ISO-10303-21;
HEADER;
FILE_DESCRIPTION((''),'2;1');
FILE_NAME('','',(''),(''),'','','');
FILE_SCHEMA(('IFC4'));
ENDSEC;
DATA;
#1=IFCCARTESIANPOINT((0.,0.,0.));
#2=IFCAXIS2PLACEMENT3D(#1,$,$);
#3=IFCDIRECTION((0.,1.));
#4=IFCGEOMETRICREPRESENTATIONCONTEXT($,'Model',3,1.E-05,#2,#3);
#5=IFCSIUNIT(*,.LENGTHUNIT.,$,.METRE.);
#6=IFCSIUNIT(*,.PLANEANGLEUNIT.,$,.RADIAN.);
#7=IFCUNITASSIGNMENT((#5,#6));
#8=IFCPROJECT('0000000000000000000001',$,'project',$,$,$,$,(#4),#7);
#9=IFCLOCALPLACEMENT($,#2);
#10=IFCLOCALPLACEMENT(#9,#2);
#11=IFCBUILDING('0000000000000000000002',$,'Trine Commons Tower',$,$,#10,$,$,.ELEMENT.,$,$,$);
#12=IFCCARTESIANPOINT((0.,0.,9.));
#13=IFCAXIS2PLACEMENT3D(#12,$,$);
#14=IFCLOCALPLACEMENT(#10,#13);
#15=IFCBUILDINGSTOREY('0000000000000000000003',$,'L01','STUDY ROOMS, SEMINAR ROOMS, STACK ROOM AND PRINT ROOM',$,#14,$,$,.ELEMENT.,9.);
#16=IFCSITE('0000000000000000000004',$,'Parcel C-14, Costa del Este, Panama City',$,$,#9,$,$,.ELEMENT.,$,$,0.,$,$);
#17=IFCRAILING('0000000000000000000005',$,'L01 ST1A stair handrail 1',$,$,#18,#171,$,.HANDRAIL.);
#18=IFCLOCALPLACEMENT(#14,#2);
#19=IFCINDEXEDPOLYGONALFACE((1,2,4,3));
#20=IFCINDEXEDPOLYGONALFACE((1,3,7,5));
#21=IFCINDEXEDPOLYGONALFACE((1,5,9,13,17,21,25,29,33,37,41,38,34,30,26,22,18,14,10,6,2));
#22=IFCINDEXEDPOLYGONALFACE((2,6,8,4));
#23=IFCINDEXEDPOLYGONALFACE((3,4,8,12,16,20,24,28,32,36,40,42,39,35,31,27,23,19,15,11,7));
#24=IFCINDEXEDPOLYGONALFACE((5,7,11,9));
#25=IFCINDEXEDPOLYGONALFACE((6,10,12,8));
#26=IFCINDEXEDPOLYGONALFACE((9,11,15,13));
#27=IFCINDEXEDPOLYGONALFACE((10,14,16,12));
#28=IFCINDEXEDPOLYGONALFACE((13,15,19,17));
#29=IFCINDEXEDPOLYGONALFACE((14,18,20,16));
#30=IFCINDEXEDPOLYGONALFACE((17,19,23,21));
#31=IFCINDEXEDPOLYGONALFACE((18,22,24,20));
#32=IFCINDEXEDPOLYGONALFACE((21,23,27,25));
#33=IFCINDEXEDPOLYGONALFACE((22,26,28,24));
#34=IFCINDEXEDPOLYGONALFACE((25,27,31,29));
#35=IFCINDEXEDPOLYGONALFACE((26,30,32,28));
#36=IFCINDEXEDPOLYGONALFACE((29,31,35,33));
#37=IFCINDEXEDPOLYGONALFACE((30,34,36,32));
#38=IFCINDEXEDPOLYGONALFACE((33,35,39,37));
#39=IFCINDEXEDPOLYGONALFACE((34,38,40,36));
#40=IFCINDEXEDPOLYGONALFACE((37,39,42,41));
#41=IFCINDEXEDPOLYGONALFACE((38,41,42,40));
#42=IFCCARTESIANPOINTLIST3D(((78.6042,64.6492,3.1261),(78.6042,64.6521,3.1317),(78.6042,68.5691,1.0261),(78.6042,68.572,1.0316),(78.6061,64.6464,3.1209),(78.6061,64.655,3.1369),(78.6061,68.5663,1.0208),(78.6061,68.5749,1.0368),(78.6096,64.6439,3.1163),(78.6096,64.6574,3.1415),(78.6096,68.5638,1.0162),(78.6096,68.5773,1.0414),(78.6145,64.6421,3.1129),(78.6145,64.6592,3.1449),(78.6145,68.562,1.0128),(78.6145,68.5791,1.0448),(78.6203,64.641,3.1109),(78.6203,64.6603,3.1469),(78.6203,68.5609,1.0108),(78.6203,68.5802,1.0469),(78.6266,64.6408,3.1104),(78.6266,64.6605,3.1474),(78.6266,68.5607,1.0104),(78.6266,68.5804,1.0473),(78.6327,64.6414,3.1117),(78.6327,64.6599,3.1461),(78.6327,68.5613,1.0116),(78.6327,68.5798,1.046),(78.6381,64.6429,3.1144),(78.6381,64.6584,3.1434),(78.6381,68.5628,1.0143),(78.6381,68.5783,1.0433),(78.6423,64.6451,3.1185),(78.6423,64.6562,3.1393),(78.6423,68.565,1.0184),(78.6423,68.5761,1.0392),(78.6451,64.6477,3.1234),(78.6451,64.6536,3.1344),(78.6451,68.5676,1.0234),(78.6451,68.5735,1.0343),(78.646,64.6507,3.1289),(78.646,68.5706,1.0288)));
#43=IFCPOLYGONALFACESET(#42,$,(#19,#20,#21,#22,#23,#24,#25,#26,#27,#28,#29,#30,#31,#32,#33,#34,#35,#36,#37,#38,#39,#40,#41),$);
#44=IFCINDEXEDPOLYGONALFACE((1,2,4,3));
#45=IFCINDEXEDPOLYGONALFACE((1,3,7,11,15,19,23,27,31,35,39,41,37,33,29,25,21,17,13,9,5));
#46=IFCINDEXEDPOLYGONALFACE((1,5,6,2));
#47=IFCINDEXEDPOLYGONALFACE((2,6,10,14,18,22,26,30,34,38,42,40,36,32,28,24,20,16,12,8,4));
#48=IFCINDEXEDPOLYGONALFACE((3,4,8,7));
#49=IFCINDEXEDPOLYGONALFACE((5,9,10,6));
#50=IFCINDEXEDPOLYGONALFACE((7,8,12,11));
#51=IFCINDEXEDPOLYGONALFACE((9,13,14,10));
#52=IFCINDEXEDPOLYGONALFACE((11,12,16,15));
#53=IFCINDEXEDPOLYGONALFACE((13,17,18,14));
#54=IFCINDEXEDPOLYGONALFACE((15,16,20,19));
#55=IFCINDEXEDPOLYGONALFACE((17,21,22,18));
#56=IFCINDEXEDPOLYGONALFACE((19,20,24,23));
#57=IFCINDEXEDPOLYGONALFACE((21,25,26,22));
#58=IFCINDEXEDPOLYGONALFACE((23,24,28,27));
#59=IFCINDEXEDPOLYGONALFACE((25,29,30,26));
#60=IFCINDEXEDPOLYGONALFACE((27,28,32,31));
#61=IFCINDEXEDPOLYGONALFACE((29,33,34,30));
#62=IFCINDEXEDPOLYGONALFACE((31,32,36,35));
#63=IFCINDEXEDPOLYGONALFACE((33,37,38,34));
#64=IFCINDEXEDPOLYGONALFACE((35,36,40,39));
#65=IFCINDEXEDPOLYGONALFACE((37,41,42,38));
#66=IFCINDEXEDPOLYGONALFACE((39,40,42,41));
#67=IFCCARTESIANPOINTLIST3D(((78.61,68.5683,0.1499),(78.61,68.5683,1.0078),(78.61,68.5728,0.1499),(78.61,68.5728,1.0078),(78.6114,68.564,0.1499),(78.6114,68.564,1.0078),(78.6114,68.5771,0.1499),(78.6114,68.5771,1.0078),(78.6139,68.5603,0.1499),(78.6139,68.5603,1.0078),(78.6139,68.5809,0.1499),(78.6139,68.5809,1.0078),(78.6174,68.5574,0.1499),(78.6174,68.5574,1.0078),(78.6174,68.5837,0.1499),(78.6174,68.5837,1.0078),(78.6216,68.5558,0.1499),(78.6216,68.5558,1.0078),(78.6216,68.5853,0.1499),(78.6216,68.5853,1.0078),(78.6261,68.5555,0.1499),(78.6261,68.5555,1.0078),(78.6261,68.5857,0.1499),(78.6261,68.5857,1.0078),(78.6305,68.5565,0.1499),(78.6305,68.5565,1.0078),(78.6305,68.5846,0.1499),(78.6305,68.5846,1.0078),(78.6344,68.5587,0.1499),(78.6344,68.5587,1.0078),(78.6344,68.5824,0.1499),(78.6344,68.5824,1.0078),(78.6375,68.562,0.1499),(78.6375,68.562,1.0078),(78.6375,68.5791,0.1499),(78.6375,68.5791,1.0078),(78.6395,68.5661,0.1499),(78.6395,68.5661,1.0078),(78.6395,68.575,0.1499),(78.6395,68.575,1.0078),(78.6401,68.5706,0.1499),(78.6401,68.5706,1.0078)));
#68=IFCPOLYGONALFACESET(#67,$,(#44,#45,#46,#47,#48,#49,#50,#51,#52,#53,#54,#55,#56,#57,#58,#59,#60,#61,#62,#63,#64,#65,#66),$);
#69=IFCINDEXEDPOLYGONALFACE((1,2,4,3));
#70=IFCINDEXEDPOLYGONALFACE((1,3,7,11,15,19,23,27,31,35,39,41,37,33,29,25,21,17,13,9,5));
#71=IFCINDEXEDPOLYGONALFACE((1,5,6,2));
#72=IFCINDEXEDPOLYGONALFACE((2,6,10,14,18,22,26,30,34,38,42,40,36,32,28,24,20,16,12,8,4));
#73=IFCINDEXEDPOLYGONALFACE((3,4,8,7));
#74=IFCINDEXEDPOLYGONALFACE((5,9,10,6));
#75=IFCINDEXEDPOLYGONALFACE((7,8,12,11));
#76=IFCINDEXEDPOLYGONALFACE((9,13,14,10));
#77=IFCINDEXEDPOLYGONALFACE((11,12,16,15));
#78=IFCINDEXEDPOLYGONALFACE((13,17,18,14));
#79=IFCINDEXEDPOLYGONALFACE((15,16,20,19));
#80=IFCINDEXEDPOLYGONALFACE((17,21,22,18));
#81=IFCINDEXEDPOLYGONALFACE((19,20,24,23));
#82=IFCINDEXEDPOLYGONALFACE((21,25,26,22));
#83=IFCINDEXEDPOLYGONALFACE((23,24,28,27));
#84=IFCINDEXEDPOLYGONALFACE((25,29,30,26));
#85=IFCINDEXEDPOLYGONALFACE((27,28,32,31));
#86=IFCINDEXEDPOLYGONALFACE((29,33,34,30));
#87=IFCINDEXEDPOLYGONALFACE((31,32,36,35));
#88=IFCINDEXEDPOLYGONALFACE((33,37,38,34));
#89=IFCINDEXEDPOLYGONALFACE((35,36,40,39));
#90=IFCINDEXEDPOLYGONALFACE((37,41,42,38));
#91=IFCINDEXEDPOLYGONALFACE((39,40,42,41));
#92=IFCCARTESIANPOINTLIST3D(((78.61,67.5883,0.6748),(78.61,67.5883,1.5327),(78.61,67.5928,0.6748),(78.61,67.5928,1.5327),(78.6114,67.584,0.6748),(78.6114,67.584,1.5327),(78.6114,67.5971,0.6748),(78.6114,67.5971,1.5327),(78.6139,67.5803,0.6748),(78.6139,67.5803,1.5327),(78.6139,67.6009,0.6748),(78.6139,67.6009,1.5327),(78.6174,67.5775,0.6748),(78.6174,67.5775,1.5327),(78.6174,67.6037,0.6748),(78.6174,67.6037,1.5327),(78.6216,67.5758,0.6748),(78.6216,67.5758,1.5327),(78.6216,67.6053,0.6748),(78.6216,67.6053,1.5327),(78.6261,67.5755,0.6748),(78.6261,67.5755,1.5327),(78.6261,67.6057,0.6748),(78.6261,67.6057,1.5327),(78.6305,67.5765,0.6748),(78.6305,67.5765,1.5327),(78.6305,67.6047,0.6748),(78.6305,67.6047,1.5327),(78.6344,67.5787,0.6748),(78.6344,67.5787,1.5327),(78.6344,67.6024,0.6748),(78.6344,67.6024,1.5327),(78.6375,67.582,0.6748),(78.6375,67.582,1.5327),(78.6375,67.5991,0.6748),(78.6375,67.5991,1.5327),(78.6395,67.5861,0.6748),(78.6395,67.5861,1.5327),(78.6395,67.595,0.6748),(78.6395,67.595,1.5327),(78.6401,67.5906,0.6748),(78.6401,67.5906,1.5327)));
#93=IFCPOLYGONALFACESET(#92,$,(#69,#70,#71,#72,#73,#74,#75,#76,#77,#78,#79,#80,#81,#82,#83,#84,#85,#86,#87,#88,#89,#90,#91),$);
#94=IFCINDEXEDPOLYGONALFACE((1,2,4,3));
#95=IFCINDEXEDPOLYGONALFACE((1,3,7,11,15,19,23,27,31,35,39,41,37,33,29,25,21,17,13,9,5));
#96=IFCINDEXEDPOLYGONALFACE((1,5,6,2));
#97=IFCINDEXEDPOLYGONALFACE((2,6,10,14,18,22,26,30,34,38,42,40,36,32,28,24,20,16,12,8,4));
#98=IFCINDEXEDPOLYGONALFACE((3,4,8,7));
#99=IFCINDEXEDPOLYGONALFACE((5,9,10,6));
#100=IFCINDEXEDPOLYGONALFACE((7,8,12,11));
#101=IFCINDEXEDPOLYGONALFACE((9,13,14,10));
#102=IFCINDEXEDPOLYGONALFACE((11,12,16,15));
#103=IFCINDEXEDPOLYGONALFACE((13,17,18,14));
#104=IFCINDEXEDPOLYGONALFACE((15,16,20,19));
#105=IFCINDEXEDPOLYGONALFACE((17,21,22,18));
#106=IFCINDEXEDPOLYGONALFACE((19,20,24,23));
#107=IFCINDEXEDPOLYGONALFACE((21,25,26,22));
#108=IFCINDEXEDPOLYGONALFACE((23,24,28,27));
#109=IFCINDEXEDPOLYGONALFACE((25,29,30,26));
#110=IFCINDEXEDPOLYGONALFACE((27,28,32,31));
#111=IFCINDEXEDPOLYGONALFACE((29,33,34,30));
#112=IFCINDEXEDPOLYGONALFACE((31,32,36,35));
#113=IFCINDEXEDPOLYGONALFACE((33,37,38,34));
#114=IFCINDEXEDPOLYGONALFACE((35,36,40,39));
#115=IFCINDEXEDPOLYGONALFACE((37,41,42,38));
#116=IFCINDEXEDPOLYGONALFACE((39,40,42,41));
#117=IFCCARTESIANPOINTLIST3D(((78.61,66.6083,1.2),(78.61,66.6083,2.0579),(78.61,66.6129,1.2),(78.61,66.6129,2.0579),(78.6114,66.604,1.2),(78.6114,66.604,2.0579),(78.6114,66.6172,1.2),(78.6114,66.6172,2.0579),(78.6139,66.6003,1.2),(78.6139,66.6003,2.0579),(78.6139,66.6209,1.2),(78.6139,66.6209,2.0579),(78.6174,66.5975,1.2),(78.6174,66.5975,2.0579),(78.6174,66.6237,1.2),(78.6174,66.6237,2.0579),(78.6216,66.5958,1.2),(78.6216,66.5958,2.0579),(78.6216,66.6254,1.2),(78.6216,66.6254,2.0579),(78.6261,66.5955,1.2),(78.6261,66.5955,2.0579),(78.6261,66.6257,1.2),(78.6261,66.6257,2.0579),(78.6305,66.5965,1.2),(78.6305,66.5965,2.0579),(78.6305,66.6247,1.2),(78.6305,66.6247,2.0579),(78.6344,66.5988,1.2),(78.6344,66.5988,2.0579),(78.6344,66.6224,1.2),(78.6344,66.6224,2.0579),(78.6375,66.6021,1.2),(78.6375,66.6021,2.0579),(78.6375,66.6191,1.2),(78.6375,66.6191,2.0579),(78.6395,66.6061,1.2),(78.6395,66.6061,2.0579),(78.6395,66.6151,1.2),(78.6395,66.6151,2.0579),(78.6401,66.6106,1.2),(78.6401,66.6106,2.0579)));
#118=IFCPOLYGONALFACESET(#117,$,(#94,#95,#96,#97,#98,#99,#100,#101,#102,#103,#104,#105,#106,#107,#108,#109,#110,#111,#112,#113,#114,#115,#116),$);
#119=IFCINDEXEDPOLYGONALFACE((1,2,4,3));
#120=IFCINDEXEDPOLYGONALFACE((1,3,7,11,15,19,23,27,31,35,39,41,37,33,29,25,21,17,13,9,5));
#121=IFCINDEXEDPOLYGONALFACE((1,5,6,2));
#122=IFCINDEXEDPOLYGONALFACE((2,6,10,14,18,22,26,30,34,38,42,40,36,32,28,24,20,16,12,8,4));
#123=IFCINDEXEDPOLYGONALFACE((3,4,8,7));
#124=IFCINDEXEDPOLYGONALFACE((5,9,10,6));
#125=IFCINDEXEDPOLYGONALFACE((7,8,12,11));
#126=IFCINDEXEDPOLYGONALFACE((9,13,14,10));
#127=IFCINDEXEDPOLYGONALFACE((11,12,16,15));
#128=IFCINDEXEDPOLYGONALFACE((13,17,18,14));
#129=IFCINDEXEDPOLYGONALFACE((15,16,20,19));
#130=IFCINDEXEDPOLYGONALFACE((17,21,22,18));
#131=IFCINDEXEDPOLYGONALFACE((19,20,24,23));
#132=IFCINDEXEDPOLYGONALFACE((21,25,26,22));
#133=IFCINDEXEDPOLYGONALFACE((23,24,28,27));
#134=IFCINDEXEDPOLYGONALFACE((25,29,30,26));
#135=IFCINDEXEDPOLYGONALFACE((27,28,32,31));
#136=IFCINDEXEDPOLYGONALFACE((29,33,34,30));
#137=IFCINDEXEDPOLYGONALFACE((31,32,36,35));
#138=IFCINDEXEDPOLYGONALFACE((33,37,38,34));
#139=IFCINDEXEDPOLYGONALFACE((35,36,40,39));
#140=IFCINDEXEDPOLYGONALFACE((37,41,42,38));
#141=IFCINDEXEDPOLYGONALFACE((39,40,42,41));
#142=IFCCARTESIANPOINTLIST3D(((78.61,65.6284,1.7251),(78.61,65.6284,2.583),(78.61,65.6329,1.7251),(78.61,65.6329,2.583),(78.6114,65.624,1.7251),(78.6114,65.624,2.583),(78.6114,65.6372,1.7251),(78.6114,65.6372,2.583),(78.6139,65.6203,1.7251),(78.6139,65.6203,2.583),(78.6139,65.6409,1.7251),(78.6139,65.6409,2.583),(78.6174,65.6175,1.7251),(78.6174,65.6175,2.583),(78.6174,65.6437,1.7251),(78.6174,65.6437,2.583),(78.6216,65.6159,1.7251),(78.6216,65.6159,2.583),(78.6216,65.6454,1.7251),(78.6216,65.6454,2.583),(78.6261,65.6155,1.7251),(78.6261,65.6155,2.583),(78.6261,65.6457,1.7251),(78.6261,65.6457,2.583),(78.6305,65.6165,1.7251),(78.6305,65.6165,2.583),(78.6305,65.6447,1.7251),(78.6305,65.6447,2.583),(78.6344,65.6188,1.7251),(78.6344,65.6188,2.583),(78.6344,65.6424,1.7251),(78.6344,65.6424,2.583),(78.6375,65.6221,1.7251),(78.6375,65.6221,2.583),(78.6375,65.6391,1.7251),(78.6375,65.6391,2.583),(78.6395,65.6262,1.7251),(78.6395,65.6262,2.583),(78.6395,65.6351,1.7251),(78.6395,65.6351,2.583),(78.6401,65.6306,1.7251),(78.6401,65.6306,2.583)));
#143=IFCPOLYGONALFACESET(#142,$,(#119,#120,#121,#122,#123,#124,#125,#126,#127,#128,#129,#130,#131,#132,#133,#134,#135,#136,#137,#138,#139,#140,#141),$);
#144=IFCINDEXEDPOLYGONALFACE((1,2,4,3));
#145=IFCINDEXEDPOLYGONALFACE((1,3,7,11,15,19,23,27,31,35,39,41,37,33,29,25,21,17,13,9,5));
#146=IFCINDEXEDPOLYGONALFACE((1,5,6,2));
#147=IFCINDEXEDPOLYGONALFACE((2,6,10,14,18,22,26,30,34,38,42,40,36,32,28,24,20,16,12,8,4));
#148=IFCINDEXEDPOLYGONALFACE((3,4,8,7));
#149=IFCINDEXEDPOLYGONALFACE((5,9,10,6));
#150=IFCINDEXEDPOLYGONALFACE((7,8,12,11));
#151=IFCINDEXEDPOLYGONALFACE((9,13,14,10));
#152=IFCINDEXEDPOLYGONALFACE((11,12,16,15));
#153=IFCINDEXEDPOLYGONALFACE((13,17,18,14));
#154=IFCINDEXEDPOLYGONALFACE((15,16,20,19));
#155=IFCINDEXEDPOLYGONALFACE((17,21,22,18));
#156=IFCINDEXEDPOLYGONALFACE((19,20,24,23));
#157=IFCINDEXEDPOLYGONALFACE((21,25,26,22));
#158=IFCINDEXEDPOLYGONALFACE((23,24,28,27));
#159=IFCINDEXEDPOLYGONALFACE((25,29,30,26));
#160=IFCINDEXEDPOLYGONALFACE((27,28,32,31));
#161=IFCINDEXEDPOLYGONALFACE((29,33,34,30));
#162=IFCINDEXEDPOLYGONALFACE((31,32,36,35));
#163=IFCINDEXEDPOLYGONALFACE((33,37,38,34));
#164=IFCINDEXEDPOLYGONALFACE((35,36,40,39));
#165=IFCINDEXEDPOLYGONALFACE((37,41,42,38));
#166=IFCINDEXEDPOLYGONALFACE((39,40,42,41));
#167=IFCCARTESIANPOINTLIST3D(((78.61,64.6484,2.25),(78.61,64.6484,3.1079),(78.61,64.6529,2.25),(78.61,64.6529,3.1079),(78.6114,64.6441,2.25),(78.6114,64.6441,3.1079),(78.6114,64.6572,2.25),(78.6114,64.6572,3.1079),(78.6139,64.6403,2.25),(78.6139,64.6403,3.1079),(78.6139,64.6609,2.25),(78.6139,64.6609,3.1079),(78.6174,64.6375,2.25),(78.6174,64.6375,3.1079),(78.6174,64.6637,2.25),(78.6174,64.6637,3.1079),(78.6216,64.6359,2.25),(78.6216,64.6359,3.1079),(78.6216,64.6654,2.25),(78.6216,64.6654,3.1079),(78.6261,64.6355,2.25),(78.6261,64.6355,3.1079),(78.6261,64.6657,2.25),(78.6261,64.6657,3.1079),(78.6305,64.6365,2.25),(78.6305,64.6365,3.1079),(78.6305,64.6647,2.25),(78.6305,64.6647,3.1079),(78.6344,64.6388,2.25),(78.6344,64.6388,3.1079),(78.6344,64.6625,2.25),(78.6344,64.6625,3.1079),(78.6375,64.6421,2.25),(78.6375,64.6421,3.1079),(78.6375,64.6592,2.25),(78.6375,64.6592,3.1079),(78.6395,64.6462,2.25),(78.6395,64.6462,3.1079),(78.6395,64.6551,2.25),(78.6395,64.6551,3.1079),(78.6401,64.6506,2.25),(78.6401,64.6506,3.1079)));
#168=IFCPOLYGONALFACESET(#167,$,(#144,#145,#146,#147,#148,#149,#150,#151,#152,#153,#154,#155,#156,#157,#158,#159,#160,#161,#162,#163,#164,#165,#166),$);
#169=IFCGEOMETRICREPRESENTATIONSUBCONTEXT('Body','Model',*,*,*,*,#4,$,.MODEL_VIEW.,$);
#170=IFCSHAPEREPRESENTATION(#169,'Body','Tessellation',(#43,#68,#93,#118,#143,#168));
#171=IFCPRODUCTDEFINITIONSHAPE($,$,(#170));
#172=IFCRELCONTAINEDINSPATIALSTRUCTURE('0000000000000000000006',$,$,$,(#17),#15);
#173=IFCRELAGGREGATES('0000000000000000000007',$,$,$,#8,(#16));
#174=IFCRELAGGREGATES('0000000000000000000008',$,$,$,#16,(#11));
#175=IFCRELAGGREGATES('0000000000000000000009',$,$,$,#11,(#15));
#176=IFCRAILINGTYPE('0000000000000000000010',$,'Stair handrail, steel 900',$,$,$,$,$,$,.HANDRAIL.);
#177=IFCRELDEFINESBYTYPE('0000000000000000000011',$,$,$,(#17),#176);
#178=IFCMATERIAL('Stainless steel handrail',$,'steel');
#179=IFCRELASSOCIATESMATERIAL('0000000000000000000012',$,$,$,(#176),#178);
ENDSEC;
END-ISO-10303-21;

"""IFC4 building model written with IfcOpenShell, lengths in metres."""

from ifc_helpers import new_model, si_unit, direction, frame, origin, origin_2d, place, context, subcontext, project, spatial, circle, extrude, material, type_object, element, save


model = new_model("IFC4")

# Units and contexts
model_context = context("Model", 3, precision=1e-05, world=origin(), true_north=direction((0.0, 1.0)))
body_context = subcontext(model_context, "Body", "Model", "MODEL_VIEW")
ifc_project = project(units=[si_unit("LENGTHUNIT", "METRE"), si_unit("PLANEANGLEUNIT", "RADIAN")], contexts=[model_context])

# Site, building, storey
site_placement = place(None, origin())
site = spatial("IfcSite", under=ifc_project, at=site_placement, Name="Parcel C-14, Costa del Este, Panama City", CompositionType="ELEMENT", RefElevation=0.0)
building_placement = place(site_placement, origin())
building = spatial("IfcBuilding", under=site, at=building_placement, Name="Trine Commons Tower", CompositionType="ELEMENT")
storey_placement = place(building_placement, frame((0.0, 0.0, 9.0)))
storey = spatial("IfcBuildingStorey", under=building, at=storey_placement, Name="L01", Description="STUDY ROOMS, SEMINAR ROOMS, STACK ROOM AND PRINT ROOM", CompositionType="ELEMENT", Elevation=9.0)

# Railing
ifc_material_1 = material(Name="Stainless steel handrail", Category="steel")
railing_type_1 = type_object("IfcRailingType", Name="Stair handrail, steel 900", PredefinedType="HANDRAIL", material=ifc_material_1)
railing_1_placement = place(storey_placement, frame((78.625, 68.5706, 0.1499)))
element("IfcRailing", 1, at=railing_1_placement, inside=storey, type_object=railing_type_1, Name="L01 ST1A stair handrail 1", PredefinedType="HANDRAIL", context=body_context, shape_type="SweptSolid", body=[
    extrude(circle(Radius=0.021, at=origin_2d()), frame((0.0, 0.0, 0.8789), z_axis=(0.0, -0.881467, 0.472246), x_axis=(1.0, 0.0, 0.0)), (0.0, 0.0, 1.0), 4.447),
    extrude(circle(Radius=0.0151, at=origin_2d()), origin(), (0.0, 0.0, 1.0), 0.8579),
    extrude(circle(Radius=0.0151, at=origin_2d()), frame((0.0, -0.98, 0.5249)), (0.0, 0.0, 1.0), 0.8579),
    extrude(circle(Radius=0.0151, at=origin_2d()), frame((0.0, -1.96, 1.05)), (0.0, 0.0, 1.0), 0.8579),
    extrude(circle(Radius=0.0151, at=origin_2d()), frame((0.0, -2.9399, 1.5752)), (0.0, 0.0, 1.0), 0.8579),
    extrude(circle(Radius=0.0151, at=origin_2d()), frame((0.0, -3.9199, 2.1001)), (0.0, 0.0, 1.0), 0.8579),
])

save(model, "model.ifc")
